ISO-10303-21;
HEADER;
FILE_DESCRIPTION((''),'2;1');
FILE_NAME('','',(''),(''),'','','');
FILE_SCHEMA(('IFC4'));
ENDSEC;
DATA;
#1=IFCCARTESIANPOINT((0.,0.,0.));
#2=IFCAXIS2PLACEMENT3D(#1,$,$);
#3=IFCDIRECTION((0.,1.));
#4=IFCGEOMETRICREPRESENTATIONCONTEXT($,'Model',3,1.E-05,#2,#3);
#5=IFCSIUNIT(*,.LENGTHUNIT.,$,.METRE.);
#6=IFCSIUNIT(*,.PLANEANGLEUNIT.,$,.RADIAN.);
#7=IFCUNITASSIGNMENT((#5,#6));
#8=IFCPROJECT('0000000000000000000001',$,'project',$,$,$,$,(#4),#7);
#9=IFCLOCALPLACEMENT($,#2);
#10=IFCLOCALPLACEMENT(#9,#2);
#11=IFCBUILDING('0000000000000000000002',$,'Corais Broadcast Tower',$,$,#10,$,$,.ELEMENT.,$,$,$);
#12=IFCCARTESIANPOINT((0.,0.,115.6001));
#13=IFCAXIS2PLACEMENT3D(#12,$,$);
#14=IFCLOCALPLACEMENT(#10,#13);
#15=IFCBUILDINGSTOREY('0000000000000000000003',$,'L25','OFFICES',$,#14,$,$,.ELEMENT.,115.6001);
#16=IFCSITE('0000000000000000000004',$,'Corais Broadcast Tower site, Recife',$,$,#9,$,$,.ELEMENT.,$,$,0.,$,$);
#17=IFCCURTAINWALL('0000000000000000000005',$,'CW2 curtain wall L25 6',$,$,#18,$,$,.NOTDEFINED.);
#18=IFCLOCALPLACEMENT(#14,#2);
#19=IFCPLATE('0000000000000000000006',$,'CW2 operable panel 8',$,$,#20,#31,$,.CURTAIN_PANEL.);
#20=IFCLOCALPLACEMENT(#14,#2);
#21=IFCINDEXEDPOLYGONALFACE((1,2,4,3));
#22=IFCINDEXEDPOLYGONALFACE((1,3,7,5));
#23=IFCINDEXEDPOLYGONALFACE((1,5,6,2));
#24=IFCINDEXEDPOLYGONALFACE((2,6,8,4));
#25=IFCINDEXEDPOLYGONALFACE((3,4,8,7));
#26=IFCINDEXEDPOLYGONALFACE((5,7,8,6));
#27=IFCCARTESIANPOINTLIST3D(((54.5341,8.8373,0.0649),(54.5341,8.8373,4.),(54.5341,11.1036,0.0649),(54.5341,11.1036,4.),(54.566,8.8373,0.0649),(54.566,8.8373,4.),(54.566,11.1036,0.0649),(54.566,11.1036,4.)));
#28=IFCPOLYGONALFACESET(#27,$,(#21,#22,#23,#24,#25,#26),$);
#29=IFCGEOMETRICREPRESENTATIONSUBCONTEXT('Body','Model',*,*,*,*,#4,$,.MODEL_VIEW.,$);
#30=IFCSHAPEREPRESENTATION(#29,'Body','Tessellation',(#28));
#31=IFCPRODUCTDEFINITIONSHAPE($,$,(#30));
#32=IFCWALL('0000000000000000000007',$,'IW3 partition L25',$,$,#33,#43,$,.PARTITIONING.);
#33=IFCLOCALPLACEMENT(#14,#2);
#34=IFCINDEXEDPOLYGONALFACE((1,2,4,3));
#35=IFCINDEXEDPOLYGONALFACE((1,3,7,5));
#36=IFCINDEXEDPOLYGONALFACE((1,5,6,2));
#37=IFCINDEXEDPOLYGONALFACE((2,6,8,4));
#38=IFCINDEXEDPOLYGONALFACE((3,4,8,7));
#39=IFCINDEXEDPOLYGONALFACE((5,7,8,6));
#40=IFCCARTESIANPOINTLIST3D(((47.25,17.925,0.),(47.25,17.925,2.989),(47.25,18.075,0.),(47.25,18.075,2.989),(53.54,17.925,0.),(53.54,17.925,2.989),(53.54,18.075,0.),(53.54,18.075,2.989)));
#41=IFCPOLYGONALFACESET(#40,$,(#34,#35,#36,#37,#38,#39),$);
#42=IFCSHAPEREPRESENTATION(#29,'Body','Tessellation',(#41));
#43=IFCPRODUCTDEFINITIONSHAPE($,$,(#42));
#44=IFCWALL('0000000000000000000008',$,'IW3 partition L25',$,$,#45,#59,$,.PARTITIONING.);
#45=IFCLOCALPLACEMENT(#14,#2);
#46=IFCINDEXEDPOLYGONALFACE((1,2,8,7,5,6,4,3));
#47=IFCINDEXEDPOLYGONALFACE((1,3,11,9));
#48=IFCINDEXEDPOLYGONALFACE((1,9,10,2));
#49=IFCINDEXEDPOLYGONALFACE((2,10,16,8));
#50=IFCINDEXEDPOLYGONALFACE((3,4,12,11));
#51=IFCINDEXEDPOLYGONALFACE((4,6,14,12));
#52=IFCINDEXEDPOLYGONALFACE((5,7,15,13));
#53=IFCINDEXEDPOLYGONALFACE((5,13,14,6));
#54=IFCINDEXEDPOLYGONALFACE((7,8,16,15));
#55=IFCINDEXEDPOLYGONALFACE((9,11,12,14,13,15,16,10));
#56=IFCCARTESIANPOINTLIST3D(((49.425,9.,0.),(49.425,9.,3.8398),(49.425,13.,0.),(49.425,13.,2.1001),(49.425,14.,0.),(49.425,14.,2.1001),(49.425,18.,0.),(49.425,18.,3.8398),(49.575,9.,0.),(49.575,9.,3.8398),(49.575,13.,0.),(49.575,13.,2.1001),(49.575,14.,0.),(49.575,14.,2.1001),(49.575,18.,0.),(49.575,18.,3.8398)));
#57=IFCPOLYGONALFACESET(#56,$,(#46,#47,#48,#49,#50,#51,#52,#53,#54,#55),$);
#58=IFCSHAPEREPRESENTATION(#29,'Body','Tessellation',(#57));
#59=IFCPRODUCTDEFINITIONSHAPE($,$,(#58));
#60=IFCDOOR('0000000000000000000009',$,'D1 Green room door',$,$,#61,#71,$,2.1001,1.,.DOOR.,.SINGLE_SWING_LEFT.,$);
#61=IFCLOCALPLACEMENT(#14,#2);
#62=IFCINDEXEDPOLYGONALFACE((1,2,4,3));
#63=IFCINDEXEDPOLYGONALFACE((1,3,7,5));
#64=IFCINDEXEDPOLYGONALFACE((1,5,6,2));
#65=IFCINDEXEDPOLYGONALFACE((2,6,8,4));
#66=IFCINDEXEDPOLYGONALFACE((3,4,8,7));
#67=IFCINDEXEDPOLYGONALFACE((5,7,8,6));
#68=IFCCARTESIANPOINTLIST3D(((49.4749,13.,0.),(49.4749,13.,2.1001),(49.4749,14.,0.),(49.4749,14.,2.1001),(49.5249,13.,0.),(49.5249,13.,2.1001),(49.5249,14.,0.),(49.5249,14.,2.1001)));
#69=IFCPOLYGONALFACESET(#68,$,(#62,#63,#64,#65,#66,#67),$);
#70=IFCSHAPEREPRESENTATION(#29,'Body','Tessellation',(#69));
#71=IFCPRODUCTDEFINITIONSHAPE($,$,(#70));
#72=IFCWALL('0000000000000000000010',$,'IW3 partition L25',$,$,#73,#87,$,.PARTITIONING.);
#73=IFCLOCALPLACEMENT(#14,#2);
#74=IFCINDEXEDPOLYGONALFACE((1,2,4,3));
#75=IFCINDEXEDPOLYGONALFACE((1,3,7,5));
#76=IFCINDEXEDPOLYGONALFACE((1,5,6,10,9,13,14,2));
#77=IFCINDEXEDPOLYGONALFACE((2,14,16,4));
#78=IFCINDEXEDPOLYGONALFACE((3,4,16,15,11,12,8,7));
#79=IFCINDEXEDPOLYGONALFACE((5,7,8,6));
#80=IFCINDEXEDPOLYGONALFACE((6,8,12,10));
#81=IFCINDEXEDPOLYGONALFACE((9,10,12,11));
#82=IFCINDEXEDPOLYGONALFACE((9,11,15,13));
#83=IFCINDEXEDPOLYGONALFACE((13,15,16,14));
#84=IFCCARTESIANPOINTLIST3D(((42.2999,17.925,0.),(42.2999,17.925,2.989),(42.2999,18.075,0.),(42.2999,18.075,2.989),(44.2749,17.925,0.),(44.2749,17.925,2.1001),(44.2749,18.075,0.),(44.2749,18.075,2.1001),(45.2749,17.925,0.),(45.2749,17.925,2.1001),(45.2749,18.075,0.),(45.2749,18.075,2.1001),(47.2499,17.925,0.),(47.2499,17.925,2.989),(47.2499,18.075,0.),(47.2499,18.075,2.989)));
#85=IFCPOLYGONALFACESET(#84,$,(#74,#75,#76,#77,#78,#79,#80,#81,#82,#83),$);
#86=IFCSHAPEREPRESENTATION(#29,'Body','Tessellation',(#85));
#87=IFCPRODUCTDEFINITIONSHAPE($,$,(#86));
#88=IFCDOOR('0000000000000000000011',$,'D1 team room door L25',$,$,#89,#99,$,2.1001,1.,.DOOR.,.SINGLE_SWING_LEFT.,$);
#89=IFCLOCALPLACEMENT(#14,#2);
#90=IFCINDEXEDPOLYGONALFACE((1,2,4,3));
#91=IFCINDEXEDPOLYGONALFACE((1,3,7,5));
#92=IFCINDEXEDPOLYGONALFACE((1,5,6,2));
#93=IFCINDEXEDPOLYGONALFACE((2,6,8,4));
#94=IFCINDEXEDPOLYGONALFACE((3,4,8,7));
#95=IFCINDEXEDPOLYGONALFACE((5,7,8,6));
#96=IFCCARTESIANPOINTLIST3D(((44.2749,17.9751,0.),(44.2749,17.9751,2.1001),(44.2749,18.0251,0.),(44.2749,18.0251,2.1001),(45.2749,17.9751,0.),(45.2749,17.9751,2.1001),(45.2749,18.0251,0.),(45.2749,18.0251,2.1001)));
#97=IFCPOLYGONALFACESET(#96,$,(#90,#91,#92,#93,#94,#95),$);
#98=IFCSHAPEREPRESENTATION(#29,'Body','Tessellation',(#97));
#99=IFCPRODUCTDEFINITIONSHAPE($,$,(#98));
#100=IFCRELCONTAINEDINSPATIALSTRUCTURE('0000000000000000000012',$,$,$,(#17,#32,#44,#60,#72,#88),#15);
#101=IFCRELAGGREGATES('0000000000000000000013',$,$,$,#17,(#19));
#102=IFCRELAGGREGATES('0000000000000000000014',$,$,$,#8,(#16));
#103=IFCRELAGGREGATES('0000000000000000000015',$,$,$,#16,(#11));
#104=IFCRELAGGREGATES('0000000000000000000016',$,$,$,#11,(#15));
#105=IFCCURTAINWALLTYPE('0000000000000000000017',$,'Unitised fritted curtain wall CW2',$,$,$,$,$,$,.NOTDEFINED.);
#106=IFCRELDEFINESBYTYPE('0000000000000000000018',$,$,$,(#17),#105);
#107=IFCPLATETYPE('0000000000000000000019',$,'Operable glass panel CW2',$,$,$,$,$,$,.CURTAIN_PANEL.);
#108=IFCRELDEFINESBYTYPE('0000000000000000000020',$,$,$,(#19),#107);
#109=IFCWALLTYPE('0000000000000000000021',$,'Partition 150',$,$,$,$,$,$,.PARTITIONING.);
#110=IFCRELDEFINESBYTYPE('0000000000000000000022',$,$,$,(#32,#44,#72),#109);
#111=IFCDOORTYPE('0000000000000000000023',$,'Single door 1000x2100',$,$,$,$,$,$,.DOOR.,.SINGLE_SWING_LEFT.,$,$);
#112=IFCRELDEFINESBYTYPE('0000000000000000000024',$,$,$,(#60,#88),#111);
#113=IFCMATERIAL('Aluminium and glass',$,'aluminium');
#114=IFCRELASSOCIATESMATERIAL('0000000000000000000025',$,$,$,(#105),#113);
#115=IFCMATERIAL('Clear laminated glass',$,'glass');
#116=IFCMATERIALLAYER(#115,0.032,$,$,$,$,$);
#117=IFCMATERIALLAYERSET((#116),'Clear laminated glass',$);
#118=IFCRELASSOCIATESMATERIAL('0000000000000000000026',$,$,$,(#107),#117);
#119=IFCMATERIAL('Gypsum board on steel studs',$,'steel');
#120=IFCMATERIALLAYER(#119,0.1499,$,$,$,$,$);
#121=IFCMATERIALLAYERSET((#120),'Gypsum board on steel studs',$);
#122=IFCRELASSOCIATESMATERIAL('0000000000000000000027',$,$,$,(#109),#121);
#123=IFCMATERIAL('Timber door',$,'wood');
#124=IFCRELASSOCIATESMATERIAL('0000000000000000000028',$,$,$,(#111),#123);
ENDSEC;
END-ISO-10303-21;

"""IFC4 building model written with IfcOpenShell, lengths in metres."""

from ifc_helpers import new_model, si_unit, direction, frame, frame_2d, origin, origin_2d, place, context, subcontext, project, spatial, rectangle, extrude, material, layer, layer_set, type_object, element, fill, aggregate, save


model = new_model("IFC4")

# Units and contexts
model_context = context("Model", 3, precision=1e-05, world=origin(), true_north=direction((0.0, 1.0)))
body_context = subcontext(model_context, "Body", "Model", "MODEL_VIEW")
ifc_project = project(units=[si_unit("LENGTHUNIT", "METRE"), si_unit("PLANEANGLEUNIT", "RADIAN")], contexts=[model_context])

# Site, building, storey
site_placement = place(None, origin())
site = spatial("IfcSite", under=ifc_project, at=site_placement, Name="Corais Broadcast Tower site, Recife", CompositionType="ELEMENT", RefElevation=0.0)
building_placement = place(site_placement, origin())
building = spatial("IfcBuilding", under=site, at=building_placement, Name="Corais Broadcast Tower", CompositionType="ELEMENT")
storey_placement = place(building_placement, frame((0.0, 0.0, 115.6001)))
storey = spatial("IfcBuildingStorey", under=building, at=storey_placement, Name="L25", Description="OFFICES", CompositionType="ELEMENT", Elevation=115.6001)

# Curtain wall
ifc_material_1 = material(Name="Aluminium and glass", Category="aluminium")
curtain_wall_type = type_object("IfcCurtainWallType", Name="Unitised fritted curtain wall CW2", PredefinedType="NOTDEFINED", material=ifc_material_1)
curtain_wall_placement = place(storey_placement, origin())
curtain_wall = element("IfcCurtainWall", 1, at=curtain_wall_placement, inside=storey, type_object=curtain_wall_type, Name="CW2 curtain wall L25 6", PredefinedType="NOTDEFINED")

# Plate
ifc_material_2 = material(Name="Clear laminated glass", Category="glass")
ifc_layer_1 = layer(ifc_material_2, 0.032)
ifc_layer_set_1 = layer_set([ifc_layer_1], Name="Clear laminated glass")
plate_type_1 = type_object("IfcPlateType", Name="Operable glass panel CW2", PredefinedType="CURTAIN_PANEL", material=ifc_layer_set_1)
plate_1_placement = place(storey_placement, frame((54.55, 9.9705, 0.0649), z_axis=(0.0, 0.0, 1.0), x_axis=(0.0, -1.0, 0.0)))
plate_1 = element("IfcPlate", 2, at=plate_1_placement, type_object=plate_type_1, Name="CW2 operable panel 8", PredefinedType="CURTAIN_PANEL", context=body_context, shape_type="SweptSolid", body=[
    extrude(rectangle(XDim=2.2664, YDim=0.032, at=origin_2d()), origin(), (0.0, 0.0, 1.0), 3.9351),
])
aggregate(curtain_wall, [plate_1])

# Wall
ifc_material_3 = material(Name="Gypsum board on steel studs", Category="steel")
ifc_layer_2 = layer(ifc_material_3, 0.1499)
ifc_layer_set_2 = layer_set([ifc_layer_2], Name="Gypsum board on steel studs")
wall_type = type_object("IfcWallType", Name="Partition 150", PredefinedType="PARTITIONING", material=ifc_layer_set_2)
wall_1_placement = place(storey_placement, frame((47.25, 18.0, 0.0), z_axis=(0.0, 0.0, 1.0), x_axis=(1.0, 0.0, 0.0)))
element("IfcWall", 3, at=wall_1_placement, inside=storey, type_object=wall_type, Name="IW3 partition L25", PredefinedType="PARTITIONING", context=body_context, shape_type="SweptSolid", body=[
    extrude(rectangle(XDim=6.29, YDim=0.1499, at=frame_2d((3.145, 0.0))), origin(), (0.0, 0.0, 1.0), 2.989),
])

# Walls, openings, doors
wall_2_placement = place(storey_placement, frame((49.5, 18.0, 0.0), z_axis=(0.0, 0.0, 1.0), x_axis=(0.0, -1.0, 0.0)))
wall_2 = element("IfcWall", 4, at=wall_2_placement, inside=storey, type_object=wall_type, Name="IW3 partition L25", PredefinedType="PARTITIONING", context=body_context, shape_type="SweptSolid", body=[
    extrude(rectangle(XDim=9.0, YDim=0.1499, at=frame_2d((4.5, 0.0))), origin(), (0.0, 0.0, 1.0), 3.8398),
])
opening_1_placement = place(wall_2_placement, frame((4.0, 0.0, 0.0)))
opening_1 = element("IfcOpeningElement", 5, at=opening_1_placement, cuts=wall_2, PredefinedType="OPENING", context=body_context, shape_type="SweptSolid", body=[
    extrude(rectangle(XDim=1.0, YDim=2.1001, at=frame_2d((0.5, 1.05))), frame((0.0, 0.085, 0.0), z_axis=(0.0, -1.0, 0.0), x_axis=(1.0, 0.0, 0.0)), (0.0, 0.0, 1.0), 0.1699),
])
ifc_material_4 = material(Name="Timber door", Category="wood")
door_type = type_object("IfcDoorType", Name="Single door 1000x2100", OperationType="SINGLE_SWING_LEFT", PredefinedType="DOOR", material=ifc_material_4)
door_1_placement = place(opening_1_placement, origin())
door_1 = element("IfcDoor", 6, at=door_1_placement, inside=storey, type_object=door_type, Name="D1 Green room door", OperationType="SINGLE_SWING_LEFT", OverallHeight=2.1001, OverallWidth=1.0, PredefinedType="DOOR", context=body_context, shape_type="SweptSolid", body=[
    extrude(rectangle(XDim=1.0, YDim=2.1001, at=frame_2d((0.5, 1.05))), frame((0.0, 0.0249, 0.0), z_axis=(0.0, -1.0, 0.0), x_axis=(1.0, 0.0, 0.0)), (0.0, 0.0, 1.0), 0.05),
])
fill(opening_1, door_1)
wall_3_placement = place(storey_placement, frame((47.25, 18.0, 0.0), z_axis=(0.0, 0.0, 1.0), x_axis=(-1.0, 0.0, 0.0)))
wall_3 = element("IfcWall", 7, at=wall_3_placement, inside=storey, type_object=wall_type, Name="IW3 partition L25", PredefinedType="PARTITIONING", context=body_context, shape_type="SweptSolid", body=[
    extrude(rectangle(XDim=4.95, YDim=0.1499, at=frame_2d((2.4751, 0.0))), origin(), (0.0, 0.0, 1.0), 2.989),
])
opening_2_placement = place(wall_3_placement, frame((1.9751, 0.0, 0.0)))
opening_2 = element("IfcOpeningElement", 8, at=opening_2_placement, cuts=wall_3, PredefinedType="OPENING", context=body_context, shape_type="SweptSolid", body=[
    extrude(rectangle(XDim=1.0, YDim=2.1001, at=frame_2d((0.5, 1.05))), frame((0.0, 0.085, 0.0), z_axis=(0.0, -1.0, 0.0), x_axis=(1.0, 0.0, 0.0)), (0.0, 0.0, 1.0), 0.1699),
])
door_2_placement = place(opening_2_placement, origin())
door_2 = element("IfcDoor", 9, at=door_2_placement, inside=storey, type_object=door_type, Name="D1 team room door L25", OperationType="SINGLE_SWING_LEFT", OverallHeight=2.1001, OverallWidth=1.0, PredefinedType="DOOR", context=body_context, shape_type="SweptSolid", body=[
    extrude(rectangle(XDim=1.0, YDim=2.1001, at=frame_2d((0.5, 1.05))), frame((0.0, 0.0249, 0.0), z_axis=(0.0, -1.0, 0.0), x_axis=(1.0, 0.0, 0.0)), (0.0, 0.0, 1.0), 0.05),
])
fill(opening_2, door_2)

save(model, "model.ifc")
